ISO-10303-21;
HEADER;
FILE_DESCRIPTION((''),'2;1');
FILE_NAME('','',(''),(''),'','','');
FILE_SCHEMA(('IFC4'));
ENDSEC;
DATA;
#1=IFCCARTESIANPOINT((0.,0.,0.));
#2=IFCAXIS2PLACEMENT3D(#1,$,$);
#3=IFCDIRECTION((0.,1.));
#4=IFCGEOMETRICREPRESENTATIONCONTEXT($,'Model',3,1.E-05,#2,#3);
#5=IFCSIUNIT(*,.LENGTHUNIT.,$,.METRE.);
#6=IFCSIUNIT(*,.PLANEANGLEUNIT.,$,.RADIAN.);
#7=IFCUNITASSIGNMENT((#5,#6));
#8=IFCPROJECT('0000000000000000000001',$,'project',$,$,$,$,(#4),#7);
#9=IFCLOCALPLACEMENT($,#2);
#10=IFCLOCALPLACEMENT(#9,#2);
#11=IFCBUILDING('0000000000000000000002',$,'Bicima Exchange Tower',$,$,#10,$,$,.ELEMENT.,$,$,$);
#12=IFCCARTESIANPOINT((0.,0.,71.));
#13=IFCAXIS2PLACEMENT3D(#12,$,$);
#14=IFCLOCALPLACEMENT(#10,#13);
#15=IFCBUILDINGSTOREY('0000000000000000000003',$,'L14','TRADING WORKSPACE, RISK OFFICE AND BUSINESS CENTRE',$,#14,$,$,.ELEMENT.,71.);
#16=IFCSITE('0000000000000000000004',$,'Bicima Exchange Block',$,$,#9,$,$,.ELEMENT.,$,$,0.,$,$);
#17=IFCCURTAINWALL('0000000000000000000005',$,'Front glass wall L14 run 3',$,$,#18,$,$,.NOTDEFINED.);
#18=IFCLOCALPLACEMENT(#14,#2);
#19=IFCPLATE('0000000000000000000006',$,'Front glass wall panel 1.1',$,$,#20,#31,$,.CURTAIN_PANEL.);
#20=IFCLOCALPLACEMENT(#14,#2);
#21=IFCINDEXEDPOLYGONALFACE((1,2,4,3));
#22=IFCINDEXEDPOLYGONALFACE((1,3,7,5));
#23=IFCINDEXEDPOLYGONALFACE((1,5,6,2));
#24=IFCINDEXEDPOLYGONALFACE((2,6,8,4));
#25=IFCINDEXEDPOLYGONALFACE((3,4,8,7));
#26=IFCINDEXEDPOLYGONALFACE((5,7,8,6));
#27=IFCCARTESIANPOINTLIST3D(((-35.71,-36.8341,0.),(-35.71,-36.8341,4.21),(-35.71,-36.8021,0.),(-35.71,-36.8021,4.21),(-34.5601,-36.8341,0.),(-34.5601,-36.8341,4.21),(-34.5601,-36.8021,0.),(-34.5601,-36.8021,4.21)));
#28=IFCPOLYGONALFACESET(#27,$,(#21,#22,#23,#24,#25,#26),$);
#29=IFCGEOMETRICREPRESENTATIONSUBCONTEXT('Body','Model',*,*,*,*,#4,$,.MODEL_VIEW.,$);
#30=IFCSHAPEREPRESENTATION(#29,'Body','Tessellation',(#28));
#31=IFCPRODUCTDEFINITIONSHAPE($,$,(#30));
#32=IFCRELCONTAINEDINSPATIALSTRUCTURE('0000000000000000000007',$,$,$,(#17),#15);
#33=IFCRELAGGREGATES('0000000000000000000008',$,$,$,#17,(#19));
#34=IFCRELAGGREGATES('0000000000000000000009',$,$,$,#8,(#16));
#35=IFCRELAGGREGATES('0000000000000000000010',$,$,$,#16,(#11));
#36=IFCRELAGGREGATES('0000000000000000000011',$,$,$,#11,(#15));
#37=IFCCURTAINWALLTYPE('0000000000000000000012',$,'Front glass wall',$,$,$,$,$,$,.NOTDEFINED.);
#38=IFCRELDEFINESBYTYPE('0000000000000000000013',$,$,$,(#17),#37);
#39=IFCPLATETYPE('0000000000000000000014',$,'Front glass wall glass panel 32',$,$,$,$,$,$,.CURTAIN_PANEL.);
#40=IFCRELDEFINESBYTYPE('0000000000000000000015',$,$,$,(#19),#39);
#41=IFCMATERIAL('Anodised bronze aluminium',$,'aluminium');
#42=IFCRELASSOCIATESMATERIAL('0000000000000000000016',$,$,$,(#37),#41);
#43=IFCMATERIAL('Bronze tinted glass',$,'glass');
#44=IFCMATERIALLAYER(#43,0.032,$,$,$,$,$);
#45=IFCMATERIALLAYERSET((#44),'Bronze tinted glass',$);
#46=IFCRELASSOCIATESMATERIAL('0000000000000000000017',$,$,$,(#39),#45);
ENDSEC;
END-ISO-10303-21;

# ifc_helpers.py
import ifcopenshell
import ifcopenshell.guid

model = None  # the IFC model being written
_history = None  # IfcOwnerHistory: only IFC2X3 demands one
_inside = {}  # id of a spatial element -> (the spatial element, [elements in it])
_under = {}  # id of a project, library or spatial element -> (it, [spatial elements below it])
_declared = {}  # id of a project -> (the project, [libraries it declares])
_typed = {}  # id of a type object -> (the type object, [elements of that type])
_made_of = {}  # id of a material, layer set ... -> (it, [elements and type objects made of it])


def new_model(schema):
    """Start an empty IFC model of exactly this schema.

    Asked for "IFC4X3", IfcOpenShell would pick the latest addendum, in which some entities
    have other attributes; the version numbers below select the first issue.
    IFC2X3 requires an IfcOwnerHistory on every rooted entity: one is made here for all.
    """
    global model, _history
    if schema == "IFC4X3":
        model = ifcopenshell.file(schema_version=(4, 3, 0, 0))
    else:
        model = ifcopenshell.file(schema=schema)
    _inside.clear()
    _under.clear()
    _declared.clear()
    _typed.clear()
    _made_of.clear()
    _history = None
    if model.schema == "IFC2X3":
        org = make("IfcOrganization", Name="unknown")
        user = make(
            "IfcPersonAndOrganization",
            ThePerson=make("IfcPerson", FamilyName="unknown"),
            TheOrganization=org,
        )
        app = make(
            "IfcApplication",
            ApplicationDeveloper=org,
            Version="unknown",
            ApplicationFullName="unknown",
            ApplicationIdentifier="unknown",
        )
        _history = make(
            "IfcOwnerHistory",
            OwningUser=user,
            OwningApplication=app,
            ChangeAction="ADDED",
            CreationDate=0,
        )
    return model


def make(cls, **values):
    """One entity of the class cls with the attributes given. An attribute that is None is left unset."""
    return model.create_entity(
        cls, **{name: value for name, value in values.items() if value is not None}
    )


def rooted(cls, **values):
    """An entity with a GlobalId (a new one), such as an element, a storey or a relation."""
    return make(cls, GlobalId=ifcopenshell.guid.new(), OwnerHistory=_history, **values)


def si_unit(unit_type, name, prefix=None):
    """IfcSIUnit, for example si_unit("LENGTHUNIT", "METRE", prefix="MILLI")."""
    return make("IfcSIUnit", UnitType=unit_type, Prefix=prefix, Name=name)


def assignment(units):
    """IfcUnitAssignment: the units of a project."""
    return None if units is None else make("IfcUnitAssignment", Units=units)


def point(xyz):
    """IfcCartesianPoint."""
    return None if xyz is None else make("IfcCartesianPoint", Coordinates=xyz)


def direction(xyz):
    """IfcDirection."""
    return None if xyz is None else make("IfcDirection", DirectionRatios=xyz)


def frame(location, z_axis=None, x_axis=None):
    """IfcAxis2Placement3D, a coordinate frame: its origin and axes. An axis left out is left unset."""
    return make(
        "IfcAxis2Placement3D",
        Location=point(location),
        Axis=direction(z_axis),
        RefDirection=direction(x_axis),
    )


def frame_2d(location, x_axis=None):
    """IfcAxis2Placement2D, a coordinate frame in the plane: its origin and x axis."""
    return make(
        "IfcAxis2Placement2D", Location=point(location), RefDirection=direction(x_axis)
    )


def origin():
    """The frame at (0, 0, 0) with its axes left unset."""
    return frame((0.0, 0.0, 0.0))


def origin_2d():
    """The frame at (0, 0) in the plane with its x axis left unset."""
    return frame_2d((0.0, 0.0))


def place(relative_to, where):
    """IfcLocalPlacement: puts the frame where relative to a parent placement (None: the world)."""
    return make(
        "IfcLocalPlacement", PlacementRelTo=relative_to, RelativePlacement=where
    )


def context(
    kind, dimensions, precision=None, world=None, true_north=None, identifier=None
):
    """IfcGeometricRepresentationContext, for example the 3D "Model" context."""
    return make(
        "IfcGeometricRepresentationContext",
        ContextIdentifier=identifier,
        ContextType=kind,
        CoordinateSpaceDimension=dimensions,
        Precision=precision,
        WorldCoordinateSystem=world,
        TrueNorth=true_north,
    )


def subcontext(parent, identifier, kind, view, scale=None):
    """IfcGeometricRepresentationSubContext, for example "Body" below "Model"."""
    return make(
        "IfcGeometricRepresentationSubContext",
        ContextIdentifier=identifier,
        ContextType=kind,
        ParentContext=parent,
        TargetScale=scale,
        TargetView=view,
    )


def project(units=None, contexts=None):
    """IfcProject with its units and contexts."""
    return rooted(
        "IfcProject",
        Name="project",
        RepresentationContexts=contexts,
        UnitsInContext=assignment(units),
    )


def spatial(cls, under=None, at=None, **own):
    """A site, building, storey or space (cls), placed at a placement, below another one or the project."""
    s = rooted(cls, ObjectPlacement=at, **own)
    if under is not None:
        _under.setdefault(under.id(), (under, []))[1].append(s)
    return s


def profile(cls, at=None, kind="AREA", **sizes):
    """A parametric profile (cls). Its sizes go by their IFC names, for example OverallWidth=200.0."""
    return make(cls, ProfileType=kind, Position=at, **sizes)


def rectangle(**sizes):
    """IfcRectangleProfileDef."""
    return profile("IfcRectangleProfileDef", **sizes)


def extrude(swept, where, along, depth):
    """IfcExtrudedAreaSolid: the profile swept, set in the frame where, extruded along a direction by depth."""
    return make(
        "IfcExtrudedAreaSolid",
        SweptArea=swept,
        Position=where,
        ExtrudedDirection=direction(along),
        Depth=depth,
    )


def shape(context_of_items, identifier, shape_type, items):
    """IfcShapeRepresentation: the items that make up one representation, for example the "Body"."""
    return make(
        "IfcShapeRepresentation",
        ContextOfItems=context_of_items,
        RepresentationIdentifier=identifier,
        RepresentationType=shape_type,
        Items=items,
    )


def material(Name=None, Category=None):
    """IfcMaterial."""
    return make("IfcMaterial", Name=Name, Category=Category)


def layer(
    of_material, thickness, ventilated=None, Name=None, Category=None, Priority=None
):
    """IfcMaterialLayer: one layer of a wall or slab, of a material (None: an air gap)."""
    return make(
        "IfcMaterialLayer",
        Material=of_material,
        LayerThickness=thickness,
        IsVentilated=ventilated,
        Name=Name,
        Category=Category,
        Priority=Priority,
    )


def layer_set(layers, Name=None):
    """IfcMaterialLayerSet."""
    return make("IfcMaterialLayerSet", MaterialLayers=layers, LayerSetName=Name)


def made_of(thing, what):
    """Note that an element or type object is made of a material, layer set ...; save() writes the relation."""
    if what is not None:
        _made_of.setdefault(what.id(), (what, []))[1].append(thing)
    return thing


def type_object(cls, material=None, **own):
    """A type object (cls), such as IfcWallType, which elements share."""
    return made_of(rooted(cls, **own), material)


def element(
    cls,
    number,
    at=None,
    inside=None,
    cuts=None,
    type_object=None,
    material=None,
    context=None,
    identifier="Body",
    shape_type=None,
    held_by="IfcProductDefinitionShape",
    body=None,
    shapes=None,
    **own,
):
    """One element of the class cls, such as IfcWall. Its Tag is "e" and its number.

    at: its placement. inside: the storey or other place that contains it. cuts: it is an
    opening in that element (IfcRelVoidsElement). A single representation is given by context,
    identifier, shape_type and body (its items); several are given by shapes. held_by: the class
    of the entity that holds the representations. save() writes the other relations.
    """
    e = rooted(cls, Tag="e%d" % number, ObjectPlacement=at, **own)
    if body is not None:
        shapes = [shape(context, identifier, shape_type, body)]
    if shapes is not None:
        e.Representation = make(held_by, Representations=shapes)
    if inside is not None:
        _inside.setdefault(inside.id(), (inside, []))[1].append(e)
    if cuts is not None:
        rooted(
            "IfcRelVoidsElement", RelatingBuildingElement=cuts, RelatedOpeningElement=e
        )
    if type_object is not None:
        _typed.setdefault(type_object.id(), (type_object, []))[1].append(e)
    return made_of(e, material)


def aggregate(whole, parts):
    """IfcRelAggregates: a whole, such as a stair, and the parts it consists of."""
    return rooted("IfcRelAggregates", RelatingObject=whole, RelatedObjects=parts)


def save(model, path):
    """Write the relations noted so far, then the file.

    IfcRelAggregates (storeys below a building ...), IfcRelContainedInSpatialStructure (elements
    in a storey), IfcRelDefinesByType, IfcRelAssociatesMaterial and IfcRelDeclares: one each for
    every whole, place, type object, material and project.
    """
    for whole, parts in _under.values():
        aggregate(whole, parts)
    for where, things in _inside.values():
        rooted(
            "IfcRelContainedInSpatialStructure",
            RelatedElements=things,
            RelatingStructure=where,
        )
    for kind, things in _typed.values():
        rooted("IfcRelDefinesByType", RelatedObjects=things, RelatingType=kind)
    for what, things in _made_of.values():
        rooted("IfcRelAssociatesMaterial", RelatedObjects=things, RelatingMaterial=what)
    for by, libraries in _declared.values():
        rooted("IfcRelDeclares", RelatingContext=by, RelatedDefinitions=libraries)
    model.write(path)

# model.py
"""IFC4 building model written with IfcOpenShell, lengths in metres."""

from ifc_helpers import new_model, si_unit, direction, frame, origin, origin_2d, place, context, subcontext, project, spatial, rectangle, extrude, material, layer, layer_set, type_object, element, aggregate, save


model = new_model("IFC4")

# Units and contexts
model_context = context("Model", 3, precision=1e-05, world=origin(), true_north=direction((0.0, 1.0)))
body_context = subcontext(model_context, "Body", "Model", "MODEL_VIEW")
ifc_project = project(units=[si_unit("LENGTHUNIT", "METRE"), si_unit("PLANEANGLEUNIT", "RADIAN")], contexts=[model_context])

# Site, building, storey
site_placement = place(None, origin())
site = spatial("IfcSite", under=ifc_project, at=site_placement, Name="Bicima Exchange Block", CompositionType="ELEMENT", RefElevation=0.0)
building_placement = place(site_placement, origin())
building = spatial("IfcBuilding", under=site, at=building_placement, Name="Bicima Exchange Tower", CompositionType="ELEMENT")
storey_placement = place(building_placement, frame((0.0, 0.0, 71.0)))
storey = spatial("IfcBuildingStorey", under=building, at=storey_placement, Name="L14", Description="TRADING WORKSPACE, RISK OFFICE AND BUSINESS CENTRE", CompositionType="ELEMENT", Elevation=71.0)

# Shared definitions
ifc_material_1 = material(Name="Anodised bronze aluminium", Category="aluminium")

# Curtain wall
curtain_wall_type_1 = type_object("IfcCurtainWallType", Name="Front glass wall", PredefinedType="NOTDEFINED", material=ifc_material_1)
curtain_wall_1_placement = place(storey_placement, origin())
curtain_wall_1 = element("IfcCurtainWall", 1, at=curtain_wall_1_placement, inside=storey, type_object=curtain_wall_type_1, Name="Front glass wall L14 run 3", PredefinedType="NOTDEFINED")

# Plate
ifc_material_2 = material(Name="Bronze tinted glass", Category="glass")
ifc_layer_1 = layer(ifc_material_2, 0.032)
ifc_layer_set_1 = layer_set([ifc_layer_1], Name="Bronze tinted glass")
plate_type_1 = type_object("IfcPlateType", Name="Front glass wall glass panel 32", PredefinedType="CURTAIN_PANEL", material=ifc_layer_set_1)
plate_1_placement = place(storey_placement, frame((-35.135, -36.8181, 0.0), z_axis=(0.0, 0.0, 1.0), x_axis=(1.0, 0.0, 0.0)))
plate_1 = element("IfcPlate", 2, at=plate_1_placement, type_object=plate_type_1, Name="Front glass wall panel 1.1", PredefinedType="CURTAIN_PANEL", context=body_context, shape_type="SweptSolid", body=[
    extrude(rectangle(XDim=1.1499, YDim=0.032, at=origin_2d()), origin(), (0.0, 0.0, 1.0), 4.21),
])
aggregate(curtain_wall_1, [plate_1])

save(model, "model.ifc")
